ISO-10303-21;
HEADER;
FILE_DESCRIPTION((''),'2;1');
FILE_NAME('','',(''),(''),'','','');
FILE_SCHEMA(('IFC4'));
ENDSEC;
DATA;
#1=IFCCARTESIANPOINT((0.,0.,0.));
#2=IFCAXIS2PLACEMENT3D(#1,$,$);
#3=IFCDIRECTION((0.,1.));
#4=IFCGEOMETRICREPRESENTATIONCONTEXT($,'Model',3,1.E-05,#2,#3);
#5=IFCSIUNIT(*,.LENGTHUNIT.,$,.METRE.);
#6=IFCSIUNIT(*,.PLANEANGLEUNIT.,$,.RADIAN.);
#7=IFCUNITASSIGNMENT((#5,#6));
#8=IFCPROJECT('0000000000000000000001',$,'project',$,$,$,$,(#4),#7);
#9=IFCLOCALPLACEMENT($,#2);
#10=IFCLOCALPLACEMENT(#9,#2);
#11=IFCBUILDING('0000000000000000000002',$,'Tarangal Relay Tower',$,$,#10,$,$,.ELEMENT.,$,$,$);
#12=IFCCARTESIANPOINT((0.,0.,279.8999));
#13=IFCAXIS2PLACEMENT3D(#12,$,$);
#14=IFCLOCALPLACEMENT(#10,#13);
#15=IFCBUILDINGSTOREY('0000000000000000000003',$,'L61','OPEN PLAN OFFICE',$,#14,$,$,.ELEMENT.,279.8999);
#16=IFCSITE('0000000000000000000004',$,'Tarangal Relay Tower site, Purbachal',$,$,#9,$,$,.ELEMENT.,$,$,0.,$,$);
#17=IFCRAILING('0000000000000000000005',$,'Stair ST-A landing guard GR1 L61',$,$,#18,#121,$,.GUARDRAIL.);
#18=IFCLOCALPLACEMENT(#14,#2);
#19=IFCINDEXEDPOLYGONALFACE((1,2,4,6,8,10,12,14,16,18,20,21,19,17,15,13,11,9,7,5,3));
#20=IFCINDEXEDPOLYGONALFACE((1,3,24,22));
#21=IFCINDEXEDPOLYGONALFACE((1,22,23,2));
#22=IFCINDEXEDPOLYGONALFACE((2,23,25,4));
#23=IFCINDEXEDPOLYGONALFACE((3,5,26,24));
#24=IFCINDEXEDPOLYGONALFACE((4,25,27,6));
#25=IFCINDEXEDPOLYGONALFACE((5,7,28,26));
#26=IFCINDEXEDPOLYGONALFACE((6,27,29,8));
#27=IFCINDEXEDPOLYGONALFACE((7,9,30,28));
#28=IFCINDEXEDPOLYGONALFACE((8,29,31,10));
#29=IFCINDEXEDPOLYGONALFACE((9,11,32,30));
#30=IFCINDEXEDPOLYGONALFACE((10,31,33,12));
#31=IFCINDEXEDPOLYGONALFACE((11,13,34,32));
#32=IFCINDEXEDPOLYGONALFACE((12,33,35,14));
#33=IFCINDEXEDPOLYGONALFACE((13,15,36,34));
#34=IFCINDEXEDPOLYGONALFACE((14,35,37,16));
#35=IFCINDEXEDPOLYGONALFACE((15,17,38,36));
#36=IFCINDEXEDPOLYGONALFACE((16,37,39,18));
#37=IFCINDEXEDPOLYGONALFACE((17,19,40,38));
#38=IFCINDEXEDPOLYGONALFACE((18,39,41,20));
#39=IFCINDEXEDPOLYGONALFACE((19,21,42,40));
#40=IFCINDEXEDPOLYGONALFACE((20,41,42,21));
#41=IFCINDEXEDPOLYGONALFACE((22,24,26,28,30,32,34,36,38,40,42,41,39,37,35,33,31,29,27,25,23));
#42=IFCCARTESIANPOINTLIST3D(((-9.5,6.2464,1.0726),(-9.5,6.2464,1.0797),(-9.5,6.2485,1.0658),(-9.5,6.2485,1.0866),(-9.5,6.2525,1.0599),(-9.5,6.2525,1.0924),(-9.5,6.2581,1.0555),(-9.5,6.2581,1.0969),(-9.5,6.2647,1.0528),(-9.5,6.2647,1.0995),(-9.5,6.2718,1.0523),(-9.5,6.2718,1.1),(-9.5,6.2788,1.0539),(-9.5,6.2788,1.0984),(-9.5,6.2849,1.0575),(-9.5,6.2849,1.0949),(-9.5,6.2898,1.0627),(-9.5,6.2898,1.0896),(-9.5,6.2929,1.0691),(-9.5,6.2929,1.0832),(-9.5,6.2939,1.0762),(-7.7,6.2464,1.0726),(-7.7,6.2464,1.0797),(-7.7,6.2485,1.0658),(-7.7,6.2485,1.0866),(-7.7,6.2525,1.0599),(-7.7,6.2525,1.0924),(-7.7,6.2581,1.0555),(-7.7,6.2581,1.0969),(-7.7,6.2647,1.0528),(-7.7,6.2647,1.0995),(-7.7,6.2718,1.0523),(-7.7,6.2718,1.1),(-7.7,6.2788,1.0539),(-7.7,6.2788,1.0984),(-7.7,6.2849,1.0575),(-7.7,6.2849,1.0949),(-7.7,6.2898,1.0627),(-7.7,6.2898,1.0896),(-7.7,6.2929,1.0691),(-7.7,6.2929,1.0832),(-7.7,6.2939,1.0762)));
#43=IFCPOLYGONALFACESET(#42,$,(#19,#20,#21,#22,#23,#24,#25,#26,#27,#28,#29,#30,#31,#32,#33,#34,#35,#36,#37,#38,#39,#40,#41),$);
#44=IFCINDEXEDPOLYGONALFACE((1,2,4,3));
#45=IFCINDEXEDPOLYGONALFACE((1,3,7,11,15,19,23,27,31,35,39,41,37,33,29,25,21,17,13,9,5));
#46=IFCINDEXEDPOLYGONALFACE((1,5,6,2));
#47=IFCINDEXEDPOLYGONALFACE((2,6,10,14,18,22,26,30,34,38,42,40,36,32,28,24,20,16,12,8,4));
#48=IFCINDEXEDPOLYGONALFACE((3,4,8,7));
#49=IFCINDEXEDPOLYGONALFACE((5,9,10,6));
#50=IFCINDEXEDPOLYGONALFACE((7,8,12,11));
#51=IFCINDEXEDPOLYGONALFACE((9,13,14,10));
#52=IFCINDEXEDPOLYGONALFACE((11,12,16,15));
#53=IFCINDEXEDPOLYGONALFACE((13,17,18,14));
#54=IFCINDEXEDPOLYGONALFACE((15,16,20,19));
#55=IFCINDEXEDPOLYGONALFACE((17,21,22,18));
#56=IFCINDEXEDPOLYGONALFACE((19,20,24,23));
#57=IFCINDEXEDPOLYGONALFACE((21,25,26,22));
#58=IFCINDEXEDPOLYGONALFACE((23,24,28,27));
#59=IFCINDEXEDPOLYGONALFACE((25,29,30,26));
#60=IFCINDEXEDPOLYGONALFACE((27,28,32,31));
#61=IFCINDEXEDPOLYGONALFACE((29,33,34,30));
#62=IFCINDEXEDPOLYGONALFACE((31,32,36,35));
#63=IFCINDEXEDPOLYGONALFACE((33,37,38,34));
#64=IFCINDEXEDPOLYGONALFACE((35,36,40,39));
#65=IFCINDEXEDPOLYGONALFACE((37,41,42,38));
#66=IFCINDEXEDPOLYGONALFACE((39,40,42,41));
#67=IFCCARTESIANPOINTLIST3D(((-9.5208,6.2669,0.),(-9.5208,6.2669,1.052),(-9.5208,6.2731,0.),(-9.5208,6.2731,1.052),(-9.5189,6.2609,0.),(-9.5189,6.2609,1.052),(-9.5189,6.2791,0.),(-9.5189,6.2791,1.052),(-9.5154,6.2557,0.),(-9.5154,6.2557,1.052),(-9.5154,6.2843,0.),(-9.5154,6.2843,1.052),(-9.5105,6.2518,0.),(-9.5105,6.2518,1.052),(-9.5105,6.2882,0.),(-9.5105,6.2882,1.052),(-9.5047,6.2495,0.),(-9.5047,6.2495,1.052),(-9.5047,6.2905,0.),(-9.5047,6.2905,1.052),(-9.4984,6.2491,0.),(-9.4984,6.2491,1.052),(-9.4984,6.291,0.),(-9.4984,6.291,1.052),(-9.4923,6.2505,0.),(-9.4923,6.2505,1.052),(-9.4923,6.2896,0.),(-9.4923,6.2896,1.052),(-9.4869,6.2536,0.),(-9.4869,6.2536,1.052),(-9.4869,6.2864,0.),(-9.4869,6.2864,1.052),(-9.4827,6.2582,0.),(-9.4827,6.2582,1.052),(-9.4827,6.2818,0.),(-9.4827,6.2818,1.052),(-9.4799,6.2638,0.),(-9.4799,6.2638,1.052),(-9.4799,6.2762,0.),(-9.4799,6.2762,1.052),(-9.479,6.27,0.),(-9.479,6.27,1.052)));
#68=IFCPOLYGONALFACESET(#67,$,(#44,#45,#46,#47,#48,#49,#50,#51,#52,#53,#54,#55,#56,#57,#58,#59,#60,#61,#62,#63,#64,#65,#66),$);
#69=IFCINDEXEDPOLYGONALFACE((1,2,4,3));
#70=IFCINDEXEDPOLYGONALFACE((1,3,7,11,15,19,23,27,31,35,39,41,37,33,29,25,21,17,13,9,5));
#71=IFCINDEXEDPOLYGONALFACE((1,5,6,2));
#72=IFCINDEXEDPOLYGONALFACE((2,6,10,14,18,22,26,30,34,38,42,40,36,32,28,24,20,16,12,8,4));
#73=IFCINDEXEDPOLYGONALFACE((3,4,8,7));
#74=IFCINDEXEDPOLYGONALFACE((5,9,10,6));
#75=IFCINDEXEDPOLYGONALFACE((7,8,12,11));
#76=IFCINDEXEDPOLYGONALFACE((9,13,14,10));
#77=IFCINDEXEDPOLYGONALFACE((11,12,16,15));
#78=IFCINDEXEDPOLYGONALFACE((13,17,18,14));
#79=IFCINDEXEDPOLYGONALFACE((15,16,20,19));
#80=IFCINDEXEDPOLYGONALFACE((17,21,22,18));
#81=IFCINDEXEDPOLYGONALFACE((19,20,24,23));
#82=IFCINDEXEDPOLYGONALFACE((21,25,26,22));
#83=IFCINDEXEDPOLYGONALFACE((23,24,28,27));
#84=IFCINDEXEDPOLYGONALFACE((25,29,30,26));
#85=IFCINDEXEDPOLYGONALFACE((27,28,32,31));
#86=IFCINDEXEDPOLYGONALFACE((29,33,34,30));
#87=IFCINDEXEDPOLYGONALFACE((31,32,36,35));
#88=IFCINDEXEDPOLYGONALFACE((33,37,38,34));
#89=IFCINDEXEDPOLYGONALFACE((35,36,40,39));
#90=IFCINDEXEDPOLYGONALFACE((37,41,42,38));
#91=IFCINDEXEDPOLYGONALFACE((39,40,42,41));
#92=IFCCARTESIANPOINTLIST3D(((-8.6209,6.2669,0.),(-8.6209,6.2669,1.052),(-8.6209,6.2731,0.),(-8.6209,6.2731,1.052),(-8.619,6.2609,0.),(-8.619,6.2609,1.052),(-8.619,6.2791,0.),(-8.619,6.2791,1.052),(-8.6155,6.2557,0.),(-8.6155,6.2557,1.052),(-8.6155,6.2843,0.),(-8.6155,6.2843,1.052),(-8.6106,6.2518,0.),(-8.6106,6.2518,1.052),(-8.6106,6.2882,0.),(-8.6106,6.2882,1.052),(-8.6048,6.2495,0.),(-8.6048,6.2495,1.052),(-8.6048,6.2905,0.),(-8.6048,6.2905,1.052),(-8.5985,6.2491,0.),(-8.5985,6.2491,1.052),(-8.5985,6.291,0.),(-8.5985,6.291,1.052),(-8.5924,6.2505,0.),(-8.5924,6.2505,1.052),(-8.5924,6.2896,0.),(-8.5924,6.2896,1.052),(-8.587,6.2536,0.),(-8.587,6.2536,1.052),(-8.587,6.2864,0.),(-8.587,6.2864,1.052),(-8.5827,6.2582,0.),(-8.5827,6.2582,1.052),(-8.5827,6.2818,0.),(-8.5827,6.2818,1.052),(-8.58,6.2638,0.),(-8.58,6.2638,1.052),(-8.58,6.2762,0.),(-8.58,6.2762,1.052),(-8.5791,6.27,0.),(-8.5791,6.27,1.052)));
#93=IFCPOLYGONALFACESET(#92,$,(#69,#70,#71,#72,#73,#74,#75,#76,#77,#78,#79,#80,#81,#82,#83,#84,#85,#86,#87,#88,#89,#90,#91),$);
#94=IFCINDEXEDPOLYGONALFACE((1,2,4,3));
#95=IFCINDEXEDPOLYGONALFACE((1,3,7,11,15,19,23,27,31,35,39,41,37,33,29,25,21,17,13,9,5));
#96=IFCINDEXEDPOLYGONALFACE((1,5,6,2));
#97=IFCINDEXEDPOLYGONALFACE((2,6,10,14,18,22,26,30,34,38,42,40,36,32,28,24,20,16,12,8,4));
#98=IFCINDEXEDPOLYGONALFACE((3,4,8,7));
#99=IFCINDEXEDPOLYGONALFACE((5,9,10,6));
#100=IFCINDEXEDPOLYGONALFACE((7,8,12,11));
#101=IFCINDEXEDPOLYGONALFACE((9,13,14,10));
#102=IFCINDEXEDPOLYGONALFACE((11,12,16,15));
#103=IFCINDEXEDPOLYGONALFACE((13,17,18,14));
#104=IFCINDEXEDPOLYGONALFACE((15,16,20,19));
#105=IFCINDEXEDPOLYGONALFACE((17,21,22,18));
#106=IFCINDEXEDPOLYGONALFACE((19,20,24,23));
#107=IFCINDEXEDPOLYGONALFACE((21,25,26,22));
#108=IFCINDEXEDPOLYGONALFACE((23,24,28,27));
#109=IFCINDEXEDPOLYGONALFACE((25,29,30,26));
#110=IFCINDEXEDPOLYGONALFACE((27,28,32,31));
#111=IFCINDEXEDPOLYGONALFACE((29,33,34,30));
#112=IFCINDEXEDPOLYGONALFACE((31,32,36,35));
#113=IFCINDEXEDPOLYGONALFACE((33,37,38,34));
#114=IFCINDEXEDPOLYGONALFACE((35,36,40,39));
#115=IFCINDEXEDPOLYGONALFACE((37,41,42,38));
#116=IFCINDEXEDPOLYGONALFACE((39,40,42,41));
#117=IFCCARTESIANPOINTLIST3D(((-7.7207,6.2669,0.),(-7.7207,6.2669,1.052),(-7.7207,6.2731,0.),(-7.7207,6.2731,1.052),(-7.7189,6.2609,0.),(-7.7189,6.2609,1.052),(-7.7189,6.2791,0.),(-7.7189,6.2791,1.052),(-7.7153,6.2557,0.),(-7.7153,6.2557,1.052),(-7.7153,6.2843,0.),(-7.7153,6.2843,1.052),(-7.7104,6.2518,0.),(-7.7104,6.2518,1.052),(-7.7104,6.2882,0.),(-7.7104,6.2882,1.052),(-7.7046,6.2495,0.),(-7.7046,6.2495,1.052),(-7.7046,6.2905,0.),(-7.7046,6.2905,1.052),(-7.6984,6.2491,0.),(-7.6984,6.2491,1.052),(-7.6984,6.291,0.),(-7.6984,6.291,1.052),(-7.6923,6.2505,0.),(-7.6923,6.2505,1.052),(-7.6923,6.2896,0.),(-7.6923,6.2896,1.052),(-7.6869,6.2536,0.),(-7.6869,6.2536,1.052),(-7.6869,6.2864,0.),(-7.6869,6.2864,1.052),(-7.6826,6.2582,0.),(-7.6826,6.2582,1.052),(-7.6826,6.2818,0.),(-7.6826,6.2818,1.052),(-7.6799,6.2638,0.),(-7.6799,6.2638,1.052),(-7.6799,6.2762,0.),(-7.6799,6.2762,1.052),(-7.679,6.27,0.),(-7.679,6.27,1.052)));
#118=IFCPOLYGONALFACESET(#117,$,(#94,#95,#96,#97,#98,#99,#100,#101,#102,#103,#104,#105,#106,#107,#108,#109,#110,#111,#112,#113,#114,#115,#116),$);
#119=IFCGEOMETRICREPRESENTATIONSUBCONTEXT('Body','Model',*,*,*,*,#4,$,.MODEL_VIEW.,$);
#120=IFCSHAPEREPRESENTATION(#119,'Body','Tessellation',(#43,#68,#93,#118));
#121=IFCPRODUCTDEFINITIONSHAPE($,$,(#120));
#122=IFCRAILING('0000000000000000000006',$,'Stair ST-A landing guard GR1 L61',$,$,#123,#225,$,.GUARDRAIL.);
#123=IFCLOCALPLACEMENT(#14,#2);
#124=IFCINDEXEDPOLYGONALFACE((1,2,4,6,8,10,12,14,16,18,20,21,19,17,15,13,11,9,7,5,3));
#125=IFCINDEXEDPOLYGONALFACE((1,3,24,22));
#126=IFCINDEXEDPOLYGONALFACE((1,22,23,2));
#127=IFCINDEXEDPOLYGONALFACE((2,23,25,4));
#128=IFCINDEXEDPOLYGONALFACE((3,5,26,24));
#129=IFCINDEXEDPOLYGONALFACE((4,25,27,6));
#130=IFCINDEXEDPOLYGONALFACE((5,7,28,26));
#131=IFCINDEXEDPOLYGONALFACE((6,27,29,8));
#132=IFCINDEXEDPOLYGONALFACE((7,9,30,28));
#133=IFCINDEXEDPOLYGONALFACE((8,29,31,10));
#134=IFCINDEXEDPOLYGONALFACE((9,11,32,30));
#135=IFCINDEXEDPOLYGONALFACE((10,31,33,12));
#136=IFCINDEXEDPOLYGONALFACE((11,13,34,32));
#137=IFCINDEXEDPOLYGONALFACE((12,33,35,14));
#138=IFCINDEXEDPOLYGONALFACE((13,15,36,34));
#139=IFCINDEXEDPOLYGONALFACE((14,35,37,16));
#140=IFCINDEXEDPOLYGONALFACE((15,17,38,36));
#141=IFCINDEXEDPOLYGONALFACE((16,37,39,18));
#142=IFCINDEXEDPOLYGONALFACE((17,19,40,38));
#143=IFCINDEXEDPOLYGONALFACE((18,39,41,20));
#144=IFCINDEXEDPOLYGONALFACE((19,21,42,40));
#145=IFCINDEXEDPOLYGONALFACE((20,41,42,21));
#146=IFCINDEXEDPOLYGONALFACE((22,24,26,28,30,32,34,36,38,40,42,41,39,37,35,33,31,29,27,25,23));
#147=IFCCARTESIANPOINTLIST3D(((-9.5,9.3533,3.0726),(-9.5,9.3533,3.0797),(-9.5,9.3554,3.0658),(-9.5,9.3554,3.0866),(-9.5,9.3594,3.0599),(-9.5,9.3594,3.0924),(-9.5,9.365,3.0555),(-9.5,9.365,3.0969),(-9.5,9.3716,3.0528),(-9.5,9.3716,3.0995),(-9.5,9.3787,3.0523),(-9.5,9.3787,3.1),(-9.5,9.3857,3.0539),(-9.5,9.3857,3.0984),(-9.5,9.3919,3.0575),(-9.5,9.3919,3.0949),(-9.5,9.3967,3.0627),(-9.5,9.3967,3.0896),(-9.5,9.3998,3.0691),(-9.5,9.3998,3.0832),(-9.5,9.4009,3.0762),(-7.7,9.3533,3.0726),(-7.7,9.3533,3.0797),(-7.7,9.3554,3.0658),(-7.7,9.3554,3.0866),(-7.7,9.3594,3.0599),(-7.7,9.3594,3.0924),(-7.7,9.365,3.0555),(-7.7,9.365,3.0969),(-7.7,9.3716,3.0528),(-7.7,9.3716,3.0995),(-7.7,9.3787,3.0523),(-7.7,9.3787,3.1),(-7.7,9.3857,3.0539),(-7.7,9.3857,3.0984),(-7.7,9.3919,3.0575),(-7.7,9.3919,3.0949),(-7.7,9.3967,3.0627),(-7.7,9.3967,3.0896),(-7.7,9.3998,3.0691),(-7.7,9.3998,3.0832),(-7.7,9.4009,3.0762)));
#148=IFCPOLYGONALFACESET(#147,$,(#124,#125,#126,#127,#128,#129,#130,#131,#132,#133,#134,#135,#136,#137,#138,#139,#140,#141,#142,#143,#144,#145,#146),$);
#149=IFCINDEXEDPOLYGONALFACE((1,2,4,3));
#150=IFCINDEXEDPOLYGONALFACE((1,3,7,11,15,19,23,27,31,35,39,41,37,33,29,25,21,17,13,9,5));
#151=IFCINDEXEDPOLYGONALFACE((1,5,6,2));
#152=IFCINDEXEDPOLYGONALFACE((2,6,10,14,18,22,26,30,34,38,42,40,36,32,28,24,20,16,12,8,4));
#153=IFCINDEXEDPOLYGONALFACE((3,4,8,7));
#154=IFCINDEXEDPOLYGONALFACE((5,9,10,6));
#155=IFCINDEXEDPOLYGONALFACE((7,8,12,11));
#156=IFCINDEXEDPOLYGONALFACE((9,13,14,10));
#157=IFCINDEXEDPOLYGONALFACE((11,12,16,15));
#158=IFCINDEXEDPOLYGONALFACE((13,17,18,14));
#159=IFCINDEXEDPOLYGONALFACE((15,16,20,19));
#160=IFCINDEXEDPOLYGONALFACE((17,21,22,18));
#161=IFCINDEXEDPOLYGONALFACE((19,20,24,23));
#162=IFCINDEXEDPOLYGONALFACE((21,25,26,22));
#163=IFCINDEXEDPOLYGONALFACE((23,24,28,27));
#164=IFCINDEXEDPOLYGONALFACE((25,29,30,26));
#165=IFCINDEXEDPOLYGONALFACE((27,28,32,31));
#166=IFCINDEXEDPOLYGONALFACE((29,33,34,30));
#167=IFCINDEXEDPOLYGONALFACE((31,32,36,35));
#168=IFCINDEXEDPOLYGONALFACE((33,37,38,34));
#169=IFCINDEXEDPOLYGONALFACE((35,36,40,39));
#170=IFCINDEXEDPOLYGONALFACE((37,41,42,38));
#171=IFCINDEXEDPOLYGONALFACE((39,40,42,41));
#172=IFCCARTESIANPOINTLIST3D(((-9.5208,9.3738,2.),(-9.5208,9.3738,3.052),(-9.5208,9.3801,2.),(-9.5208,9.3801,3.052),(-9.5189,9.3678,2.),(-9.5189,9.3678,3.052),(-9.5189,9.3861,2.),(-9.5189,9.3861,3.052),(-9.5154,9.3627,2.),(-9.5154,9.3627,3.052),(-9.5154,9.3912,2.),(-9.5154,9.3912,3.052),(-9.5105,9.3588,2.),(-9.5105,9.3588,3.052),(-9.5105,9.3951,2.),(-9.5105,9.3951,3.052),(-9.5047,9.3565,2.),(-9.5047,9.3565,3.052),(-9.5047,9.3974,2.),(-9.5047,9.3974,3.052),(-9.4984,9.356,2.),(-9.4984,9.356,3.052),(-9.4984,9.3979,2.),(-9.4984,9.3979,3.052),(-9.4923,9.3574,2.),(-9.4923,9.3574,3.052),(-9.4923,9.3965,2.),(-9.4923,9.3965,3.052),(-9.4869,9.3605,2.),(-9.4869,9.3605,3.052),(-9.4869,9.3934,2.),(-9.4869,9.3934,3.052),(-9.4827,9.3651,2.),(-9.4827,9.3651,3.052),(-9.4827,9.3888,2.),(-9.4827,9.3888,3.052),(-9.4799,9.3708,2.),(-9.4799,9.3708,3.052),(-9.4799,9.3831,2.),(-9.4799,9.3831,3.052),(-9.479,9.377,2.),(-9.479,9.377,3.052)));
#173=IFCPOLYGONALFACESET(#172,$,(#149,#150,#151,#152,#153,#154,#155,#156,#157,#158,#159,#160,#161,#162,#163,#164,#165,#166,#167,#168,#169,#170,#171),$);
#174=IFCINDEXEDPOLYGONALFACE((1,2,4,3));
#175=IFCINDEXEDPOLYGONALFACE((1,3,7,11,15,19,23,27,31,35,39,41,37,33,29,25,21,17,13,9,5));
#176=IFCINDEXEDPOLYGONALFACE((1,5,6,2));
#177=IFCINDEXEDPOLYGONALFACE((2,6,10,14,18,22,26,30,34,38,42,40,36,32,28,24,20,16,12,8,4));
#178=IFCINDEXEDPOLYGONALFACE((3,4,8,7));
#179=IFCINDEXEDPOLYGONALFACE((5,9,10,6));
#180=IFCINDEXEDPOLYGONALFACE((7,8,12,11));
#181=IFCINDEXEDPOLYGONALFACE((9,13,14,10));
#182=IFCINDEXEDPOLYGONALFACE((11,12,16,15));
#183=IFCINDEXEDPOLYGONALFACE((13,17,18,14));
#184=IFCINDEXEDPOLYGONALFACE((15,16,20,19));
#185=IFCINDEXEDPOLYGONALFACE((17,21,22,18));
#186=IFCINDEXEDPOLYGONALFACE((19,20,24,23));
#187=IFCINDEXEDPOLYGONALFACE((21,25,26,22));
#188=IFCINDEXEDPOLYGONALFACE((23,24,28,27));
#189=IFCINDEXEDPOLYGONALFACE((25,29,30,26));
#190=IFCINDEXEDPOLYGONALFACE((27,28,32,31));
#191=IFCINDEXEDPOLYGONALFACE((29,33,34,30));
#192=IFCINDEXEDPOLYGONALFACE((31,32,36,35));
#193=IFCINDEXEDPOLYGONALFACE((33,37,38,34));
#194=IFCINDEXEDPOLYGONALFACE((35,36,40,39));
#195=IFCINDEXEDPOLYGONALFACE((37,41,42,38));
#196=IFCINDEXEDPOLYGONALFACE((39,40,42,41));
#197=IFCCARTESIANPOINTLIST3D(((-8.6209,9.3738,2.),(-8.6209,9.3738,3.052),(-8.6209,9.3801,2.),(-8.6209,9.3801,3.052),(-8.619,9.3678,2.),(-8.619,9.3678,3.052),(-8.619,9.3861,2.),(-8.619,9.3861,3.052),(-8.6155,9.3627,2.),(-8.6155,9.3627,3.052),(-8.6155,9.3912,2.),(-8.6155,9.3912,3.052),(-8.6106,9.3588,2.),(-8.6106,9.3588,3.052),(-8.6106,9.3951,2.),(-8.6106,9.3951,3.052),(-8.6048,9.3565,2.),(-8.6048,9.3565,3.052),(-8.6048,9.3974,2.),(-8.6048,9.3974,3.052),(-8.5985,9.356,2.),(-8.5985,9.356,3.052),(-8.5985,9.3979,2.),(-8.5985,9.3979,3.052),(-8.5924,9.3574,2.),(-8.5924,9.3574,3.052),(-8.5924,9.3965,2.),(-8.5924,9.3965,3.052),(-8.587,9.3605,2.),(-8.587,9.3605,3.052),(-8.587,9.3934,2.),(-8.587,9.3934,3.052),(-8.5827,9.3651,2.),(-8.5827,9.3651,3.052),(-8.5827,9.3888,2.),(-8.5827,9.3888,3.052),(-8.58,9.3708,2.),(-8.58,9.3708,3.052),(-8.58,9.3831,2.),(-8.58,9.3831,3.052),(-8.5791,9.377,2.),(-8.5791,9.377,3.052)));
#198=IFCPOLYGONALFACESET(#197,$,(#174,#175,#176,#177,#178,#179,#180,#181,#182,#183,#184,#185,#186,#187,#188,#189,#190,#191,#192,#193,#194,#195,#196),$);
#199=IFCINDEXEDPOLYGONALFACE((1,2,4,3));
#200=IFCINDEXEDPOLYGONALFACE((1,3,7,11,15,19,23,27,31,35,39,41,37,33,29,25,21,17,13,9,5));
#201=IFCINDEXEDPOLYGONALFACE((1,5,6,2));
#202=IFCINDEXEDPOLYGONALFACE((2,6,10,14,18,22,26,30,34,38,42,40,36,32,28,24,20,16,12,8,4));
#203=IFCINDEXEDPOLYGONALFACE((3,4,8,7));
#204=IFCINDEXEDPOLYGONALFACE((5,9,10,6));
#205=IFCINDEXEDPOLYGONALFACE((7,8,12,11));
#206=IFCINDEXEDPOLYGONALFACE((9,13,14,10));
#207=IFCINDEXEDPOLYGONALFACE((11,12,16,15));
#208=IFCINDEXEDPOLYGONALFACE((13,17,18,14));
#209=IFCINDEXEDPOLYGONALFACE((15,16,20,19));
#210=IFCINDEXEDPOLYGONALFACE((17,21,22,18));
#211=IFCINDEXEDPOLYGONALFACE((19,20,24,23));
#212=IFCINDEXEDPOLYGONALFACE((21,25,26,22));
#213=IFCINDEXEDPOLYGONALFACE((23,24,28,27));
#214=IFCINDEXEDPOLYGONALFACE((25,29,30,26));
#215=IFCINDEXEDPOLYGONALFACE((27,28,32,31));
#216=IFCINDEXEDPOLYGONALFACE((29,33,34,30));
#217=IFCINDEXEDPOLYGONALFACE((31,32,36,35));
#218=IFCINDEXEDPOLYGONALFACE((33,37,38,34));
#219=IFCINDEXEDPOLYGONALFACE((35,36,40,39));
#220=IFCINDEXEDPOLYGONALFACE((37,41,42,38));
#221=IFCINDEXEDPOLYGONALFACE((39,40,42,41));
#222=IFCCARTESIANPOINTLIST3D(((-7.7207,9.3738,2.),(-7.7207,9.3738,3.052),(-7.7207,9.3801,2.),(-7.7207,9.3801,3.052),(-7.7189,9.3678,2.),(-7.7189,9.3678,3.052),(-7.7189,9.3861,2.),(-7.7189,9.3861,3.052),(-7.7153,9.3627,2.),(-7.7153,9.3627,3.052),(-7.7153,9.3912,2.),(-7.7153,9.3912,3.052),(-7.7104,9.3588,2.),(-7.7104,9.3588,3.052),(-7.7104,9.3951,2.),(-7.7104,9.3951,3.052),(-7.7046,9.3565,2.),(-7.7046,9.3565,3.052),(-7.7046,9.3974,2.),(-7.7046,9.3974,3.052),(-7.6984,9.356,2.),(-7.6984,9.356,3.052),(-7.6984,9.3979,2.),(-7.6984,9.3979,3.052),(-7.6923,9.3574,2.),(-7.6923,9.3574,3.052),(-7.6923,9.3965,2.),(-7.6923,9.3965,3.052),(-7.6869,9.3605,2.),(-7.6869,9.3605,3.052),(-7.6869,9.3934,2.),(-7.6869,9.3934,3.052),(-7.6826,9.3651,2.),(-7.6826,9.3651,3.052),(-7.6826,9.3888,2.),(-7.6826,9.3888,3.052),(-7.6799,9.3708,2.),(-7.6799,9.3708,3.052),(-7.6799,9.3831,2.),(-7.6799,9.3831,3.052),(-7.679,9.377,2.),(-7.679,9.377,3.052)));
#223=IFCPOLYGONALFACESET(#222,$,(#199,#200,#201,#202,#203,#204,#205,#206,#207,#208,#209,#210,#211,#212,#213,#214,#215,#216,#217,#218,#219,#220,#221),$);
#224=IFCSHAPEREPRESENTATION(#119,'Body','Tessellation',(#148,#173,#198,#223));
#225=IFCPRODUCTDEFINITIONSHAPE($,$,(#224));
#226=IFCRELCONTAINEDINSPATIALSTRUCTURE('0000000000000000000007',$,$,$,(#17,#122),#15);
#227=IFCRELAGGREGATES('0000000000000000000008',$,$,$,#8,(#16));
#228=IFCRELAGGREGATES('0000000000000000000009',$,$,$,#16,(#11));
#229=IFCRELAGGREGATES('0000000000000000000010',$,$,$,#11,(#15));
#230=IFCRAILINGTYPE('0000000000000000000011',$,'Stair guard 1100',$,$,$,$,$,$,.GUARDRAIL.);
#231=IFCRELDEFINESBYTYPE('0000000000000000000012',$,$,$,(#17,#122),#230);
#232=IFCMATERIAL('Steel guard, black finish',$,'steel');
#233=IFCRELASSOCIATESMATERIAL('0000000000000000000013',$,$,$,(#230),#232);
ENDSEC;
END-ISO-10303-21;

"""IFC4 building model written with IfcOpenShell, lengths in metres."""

from ifc_helpers import new_model, si_unit, direction, frame, origin, origin_2d, place, context, subcontext, project, spatial, circle, extrude, material, type_object, element, save


model = new_model("IFC4")

# Units and contexts
model_context = context("Model", 3, precision=1e-05, world=origin(), true_north=direction((0.0, 1.0)))
body_context = subcontext(model_context, "Body", "Model", "MODEL_VIEW")
ifc_project = project(units=[si_unit("LENGTHUNIT", "METRE"), si_unit("PLANEANGLEUNIT", "RADIAN")], contexts=[model_context])

# Site, building, storey
site_placement = place(None, origin())
site = spatial("IfcSite", under=ifc_project, at=site_placement, Name="Tarangal Relay Tower site, Purbachal", CompositionType="ELEMENT", RefElevation=0.0)
building_placement = place(site_placement, origin())
building = spatial("IfcBuilding", under=site, at=building_placement, Name="Tarangal Relay Tower", CompositionType="ELEMENT")
storey_placement = place(building_placement, frame((0.0, 0.0, 279.8999)))
storey = spatial("IfcBuildingStorey", under=building, at=storey_placement, Name="L61", Description="OPEN PLAN OFFICE", CompositionType="ELEMENT", Elevation=279.8999)

# Railings
ifc_material_1 = material(Name="Steel guard, black finish", Category="steel")
railing_type_1 = type_object("IfcRailingType", Name="Stair guard 1100", PredefinedType="GUARDRAIL", material=ifc_material_1)
for number, where, name in (
    (1, (-9.5, 6.27, 0.0), "Stair ST-A landing guard GR1 L61"),
    (2, (-9.5, 9.377, 2.0), "Stair ST-A landing guard GR1 L61"),
):
    element("IfcRailing", number, at=place(storey_placement, frame(where)), inside=storey, type_object=railing_type_1, Name=name, PredefinedType="GUARDRAIL", context=body_context, shape_type="SweptSolid", body=[
        extrude(circle(Radius=0.0239, at=origin_2d()), frame((0.0, 0.0, 1.0762), z_axis=(1.0, 0.0, 0.0), x_axis=(0.0, 1.0, 0.0)), (0.0, 0.0, 1.0), 1.8),
        extrude(circle(Radius=0.021, at=origin_2d()), origin(), (0.0, 0.0, 1.0), 1.052),
        extrude(circle(Radius=0.021, at=origin_2d()), frame((0.8999, 0.0, 0.0)), (0.0, 0.0, 1.0), 1.052),
        extrude(circle(Radius=0.021, at=origin_2d()), frame((1.8, 0.0, 0.0)), (0.0, 0.0, 1.0), 1.052),
    ])

save(model, "model.ifc")
